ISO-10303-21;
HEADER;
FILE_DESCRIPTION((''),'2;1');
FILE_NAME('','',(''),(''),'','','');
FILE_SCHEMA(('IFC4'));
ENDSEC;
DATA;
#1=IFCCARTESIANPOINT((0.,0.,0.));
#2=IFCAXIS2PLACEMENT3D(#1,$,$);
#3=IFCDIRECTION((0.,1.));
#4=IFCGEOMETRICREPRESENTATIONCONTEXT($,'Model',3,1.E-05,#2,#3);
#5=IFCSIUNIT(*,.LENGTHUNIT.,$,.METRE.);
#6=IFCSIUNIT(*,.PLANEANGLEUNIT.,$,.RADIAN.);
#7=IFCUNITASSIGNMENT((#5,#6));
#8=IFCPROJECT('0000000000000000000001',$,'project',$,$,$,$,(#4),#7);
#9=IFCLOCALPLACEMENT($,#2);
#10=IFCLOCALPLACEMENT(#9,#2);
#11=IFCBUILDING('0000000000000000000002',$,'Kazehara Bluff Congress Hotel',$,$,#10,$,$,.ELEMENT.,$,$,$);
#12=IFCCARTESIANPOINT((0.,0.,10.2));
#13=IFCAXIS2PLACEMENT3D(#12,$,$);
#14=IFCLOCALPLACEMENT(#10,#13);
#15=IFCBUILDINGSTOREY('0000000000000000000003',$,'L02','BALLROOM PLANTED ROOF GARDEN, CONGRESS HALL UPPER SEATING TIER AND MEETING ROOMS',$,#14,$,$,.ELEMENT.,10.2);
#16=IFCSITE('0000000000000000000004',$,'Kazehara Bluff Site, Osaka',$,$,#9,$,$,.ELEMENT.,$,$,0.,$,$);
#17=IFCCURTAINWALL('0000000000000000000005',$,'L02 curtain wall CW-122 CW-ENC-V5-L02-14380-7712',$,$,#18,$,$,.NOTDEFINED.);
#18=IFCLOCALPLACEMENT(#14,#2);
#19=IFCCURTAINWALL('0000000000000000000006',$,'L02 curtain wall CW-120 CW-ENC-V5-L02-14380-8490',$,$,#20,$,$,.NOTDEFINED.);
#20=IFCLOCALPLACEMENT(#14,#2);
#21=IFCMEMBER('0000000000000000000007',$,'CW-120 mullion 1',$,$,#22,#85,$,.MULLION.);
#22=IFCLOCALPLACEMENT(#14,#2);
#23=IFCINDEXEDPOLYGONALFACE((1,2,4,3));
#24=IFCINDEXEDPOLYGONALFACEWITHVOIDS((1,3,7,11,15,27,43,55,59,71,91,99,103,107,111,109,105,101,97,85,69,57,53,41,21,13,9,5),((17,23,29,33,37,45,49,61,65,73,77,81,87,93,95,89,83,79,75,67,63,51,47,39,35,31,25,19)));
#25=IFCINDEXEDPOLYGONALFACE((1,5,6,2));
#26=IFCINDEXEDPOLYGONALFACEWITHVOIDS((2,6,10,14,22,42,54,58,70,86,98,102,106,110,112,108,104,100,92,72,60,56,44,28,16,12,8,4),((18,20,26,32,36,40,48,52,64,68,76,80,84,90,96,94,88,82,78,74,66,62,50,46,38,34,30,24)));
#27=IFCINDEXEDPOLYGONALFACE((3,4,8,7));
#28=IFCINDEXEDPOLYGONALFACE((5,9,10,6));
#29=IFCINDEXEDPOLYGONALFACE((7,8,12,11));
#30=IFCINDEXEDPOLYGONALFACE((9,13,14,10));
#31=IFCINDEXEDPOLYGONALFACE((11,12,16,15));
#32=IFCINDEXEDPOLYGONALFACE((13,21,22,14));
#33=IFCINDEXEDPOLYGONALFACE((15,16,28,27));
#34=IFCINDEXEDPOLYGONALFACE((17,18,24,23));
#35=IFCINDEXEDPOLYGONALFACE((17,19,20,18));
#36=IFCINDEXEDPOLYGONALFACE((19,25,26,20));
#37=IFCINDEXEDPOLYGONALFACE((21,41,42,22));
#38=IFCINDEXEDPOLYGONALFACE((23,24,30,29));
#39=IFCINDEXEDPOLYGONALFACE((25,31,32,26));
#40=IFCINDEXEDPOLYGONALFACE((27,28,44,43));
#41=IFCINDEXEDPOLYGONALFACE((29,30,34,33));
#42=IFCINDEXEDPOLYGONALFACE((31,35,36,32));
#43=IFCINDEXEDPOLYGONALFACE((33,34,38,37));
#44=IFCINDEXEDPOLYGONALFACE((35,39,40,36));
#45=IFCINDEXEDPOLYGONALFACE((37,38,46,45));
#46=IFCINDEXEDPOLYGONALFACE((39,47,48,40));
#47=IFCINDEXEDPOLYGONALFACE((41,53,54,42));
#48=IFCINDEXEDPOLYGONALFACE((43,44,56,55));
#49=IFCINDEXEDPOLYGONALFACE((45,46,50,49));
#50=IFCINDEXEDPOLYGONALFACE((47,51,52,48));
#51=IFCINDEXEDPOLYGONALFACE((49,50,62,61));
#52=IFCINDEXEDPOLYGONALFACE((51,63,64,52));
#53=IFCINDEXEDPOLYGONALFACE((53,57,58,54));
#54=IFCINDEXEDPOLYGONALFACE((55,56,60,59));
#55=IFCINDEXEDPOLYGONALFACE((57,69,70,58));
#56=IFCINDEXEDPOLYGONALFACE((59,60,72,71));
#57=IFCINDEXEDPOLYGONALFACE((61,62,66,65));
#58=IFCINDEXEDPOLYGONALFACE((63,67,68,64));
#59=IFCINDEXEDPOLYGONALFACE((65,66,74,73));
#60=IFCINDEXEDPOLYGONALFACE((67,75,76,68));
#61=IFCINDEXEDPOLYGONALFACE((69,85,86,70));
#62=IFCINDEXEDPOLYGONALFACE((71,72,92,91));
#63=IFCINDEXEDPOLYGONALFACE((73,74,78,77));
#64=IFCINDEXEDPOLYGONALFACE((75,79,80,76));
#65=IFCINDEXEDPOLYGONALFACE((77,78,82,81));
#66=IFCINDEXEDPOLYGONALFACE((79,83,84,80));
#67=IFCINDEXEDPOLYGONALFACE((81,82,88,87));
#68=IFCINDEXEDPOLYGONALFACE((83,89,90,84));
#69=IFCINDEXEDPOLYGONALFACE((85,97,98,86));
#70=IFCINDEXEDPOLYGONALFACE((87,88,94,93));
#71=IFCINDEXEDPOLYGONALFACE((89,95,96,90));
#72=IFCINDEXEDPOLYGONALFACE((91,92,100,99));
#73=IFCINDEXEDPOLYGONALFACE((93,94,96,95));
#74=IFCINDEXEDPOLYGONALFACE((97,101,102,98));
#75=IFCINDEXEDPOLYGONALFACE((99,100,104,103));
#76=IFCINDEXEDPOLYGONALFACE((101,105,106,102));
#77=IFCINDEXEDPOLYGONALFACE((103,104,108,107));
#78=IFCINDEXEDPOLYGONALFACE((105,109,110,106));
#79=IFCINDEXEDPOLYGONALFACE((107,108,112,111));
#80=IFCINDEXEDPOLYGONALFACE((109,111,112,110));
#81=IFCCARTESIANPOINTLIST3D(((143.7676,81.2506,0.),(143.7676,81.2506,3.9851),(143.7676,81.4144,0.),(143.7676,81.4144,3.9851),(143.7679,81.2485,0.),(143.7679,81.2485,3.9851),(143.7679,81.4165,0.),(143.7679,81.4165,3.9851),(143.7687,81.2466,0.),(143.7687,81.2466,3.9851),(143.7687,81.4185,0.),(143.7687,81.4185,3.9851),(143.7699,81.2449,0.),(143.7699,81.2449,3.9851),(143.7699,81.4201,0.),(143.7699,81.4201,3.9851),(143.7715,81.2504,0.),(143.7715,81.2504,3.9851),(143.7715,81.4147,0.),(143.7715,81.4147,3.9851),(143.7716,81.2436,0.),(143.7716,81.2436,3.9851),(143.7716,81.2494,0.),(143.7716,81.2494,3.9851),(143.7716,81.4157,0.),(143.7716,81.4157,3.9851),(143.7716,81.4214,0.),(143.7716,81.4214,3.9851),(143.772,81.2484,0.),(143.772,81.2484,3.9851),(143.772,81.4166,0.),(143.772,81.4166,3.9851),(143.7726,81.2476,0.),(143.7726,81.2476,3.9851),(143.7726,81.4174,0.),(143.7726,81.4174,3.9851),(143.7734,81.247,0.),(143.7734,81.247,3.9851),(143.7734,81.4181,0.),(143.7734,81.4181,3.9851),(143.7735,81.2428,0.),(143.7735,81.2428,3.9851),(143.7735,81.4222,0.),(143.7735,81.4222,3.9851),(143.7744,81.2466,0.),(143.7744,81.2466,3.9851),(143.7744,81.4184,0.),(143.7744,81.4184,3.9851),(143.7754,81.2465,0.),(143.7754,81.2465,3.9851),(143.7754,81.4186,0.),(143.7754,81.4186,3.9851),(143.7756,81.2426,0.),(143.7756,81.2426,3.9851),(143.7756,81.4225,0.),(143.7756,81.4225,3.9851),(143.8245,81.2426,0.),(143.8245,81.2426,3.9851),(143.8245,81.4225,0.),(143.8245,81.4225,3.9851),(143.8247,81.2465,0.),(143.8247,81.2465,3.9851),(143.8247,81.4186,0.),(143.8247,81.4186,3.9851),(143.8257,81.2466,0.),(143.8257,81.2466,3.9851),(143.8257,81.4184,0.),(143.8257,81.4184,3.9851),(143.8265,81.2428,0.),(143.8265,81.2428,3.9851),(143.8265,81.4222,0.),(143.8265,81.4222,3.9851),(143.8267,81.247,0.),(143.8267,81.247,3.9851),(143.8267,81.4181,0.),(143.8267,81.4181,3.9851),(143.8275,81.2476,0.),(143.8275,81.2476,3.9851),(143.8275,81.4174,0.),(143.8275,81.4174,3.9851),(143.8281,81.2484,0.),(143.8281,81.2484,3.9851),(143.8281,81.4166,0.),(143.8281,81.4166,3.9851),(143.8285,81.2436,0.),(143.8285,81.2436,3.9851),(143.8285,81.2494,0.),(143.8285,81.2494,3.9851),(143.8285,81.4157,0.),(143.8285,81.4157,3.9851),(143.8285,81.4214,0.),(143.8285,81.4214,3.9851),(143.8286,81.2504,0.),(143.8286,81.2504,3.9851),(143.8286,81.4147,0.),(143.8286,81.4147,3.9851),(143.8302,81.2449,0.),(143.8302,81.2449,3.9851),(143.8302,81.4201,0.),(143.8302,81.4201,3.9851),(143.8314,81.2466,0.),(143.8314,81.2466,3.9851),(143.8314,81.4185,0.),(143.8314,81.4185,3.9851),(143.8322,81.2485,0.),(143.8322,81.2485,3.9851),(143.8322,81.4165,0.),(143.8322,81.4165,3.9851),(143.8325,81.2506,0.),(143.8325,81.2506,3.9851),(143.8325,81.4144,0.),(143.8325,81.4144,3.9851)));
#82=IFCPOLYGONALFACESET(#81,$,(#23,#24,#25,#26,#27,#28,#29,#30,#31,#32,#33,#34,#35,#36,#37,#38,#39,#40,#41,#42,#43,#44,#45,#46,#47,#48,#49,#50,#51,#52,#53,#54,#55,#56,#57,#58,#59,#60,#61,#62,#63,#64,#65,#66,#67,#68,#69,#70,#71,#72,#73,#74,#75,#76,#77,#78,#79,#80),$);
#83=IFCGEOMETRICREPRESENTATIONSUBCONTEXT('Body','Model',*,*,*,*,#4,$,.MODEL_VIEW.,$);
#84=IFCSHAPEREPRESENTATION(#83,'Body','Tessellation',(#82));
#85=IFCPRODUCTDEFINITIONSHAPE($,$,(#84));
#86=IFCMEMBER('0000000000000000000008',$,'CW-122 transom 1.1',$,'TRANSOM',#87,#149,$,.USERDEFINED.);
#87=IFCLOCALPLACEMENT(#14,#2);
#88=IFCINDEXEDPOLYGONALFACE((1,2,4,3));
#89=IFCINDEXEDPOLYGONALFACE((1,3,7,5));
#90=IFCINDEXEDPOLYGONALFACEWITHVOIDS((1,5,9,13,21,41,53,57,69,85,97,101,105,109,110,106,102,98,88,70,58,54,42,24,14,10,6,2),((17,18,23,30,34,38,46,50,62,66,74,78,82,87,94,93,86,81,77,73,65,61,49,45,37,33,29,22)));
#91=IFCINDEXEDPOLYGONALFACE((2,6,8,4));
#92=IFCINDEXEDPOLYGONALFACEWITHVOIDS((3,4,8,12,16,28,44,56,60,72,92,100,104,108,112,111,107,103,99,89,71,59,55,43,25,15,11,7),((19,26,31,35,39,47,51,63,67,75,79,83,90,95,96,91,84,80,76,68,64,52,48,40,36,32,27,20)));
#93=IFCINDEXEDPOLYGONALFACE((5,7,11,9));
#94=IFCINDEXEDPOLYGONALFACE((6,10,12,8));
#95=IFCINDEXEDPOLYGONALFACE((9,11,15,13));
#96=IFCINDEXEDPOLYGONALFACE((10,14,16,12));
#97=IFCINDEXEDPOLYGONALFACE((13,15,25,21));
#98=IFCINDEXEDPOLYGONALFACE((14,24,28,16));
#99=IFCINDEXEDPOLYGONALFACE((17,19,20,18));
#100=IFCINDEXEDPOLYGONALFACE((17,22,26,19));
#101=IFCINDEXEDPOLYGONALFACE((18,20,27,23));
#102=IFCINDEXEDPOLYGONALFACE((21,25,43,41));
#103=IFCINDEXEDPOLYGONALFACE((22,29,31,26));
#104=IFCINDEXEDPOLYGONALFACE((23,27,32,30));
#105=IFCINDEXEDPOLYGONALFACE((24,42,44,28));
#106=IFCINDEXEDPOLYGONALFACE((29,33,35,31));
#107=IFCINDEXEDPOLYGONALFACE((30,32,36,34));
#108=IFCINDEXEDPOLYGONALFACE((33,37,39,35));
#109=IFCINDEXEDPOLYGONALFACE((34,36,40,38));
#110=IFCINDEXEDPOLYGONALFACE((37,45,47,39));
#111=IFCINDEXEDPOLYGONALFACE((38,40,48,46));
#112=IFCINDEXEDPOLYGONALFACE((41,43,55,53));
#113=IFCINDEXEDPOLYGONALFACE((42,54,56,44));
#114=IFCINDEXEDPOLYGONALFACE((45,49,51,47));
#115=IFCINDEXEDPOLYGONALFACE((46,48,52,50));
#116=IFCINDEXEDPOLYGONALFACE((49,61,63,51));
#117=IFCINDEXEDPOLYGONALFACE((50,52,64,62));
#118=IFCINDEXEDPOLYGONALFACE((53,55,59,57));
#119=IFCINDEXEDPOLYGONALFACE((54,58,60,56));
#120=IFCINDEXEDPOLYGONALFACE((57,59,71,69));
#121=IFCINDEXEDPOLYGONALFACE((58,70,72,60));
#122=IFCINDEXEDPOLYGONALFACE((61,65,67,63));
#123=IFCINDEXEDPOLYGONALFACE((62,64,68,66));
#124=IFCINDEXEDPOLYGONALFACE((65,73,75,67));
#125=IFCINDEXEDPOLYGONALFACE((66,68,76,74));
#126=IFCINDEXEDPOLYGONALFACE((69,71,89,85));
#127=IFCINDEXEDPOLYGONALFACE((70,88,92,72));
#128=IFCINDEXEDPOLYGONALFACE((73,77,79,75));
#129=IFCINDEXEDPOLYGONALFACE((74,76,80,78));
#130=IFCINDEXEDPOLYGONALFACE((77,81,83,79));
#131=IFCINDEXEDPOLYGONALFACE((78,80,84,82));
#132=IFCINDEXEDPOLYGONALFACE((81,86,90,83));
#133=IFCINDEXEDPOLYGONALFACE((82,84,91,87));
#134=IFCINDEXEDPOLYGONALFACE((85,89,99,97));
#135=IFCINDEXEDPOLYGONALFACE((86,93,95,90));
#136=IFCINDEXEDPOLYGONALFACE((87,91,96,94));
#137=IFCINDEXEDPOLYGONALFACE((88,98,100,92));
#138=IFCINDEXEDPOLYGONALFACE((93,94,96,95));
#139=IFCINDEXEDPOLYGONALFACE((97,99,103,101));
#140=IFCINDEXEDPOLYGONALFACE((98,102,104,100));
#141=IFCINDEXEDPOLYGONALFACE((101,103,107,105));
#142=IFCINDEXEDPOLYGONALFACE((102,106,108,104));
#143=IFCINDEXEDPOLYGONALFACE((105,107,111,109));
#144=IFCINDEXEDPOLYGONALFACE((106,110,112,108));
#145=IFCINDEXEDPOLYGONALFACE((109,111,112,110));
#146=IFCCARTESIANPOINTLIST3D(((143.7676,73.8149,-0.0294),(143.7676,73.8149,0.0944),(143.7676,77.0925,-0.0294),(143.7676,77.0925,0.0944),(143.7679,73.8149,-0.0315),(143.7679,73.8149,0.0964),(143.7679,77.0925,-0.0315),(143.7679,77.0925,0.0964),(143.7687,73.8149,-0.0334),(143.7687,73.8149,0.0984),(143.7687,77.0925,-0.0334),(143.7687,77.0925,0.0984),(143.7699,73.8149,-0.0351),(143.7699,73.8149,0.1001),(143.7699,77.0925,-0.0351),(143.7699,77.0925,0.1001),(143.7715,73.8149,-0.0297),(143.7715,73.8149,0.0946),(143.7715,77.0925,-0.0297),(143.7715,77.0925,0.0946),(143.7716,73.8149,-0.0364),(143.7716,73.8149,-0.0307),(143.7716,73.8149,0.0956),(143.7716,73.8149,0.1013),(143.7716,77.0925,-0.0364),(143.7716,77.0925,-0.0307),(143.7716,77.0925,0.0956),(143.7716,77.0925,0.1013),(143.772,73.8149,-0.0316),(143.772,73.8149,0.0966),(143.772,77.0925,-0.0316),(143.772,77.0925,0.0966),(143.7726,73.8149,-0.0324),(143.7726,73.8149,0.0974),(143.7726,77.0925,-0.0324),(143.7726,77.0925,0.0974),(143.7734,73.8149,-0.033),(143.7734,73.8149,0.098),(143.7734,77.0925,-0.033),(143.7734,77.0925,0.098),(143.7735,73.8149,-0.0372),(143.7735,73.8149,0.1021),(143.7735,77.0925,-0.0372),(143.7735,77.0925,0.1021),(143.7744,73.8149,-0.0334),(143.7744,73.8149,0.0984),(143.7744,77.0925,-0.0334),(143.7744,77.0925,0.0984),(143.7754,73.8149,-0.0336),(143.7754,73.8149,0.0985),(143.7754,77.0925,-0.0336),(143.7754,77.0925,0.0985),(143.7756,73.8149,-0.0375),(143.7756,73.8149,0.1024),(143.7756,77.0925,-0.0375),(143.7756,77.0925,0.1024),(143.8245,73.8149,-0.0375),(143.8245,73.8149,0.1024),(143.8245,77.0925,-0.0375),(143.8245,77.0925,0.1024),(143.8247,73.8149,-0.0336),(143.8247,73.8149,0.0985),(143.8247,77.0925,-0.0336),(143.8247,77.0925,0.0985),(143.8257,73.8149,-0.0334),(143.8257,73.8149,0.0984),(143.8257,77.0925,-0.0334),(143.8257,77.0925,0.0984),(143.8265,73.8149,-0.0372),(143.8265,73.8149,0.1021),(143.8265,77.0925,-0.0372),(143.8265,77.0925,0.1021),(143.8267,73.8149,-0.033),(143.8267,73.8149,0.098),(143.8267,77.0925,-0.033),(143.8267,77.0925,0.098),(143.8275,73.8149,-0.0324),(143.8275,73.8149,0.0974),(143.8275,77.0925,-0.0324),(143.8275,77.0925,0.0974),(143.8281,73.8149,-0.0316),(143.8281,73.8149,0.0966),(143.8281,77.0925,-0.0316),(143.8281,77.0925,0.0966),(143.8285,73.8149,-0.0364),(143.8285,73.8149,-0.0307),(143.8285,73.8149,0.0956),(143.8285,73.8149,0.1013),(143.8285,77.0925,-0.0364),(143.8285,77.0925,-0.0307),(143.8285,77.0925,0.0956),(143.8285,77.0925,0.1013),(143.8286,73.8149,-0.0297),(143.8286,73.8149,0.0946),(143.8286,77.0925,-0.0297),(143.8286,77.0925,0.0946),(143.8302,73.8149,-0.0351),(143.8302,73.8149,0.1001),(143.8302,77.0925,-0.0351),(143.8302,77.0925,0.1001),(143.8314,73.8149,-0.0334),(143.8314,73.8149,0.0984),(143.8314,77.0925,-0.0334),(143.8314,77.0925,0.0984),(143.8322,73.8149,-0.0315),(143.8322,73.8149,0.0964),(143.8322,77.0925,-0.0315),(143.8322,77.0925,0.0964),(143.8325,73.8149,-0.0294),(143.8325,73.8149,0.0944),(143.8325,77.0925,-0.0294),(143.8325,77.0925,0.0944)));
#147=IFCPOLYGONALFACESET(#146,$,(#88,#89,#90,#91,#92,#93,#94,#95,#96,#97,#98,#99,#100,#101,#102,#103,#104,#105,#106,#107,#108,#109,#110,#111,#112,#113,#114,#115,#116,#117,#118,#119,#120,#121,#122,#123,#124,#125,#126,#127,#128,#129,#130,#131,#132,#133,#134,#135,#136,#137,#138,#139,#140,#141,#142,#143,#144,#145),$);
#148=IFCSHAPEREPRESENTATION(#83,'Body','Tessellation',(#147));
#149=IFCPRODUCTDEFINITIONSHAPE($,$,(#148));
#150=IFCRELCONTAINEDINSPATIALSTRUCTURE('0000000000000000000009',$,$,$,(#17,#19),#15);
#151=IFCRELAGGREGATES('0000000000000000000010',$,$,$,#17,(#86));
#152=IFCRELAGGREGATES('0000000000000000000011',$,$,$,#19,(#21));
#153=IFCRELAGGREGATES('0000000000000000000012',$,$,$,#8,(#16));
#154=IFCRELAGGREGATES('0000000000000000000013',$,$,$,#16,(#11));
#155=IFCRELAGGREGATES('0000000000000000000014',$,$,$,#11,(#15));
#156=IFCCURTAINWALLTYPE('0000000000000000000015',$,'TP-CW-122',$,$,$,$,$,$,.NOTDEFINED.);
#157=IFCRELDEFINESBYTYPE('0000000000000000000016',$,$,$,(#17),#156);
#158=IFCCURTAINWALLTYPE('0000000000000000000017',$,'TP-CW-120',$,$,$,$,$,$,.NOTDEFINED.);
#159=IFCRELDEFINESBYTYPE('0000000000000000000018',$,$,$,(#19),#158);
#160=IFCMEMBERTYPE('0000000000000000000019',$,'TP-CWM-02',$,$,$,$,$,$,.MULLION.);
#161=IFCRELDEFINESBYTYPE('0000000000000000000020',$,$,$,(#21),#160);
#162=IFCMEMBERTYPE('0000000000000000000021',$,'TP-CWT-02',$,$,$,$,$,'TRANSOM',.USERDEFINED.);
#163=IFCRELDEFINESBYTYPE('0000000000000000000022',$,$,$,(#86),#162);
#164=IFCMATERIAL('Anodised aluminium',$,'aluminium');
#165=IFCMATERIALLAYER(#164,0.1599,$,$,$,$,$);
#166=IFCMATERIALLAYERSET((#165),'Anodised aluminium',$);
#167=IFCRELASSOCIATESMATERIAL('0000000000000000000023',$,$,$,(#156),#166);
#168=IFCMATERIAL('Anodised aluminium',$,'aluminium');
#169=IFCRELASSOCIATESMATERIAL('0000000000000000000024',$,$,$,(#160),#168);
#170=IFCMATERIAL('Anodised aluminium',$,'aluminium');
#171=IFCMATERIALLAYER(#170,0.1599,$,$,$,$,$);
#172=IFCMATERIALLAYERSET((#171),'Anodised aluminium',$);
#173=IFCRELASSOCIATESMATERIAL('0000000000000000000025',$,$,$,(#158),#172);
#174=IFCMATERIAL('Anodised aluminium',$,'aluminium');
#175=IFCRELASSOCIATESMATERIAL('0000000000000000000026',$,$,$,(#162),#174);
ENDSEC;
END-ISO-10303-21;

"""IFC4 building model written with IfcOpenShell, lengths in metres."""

from ifc_helpers import new_model, si_unit, direction, frame, origin, origin_2d, place, context, subcontext, project, spatial, hollow_rectangle, extrude, material, layer, layer_set, material_profile, profile_set, type_object, element, aggregate, save


model = new_model("IFC4")

# Units and contexts
model_context = context("Model", 3, precision=1e-05, world=origin(), true_north=direction((0.0, 1.0)))
body_context = subcontext(model_context, "Body", "Model", "MODEL_VIEW")
ifc_project = project(units=[si_unit("LENGTHUNIT", "METRE"), si_unit("PLANEANGLEUNIT", "RADIAN")], contexts=[model_context])

# Site, building, storey
site_placement = place(None, origin())
site = spatial("IfcSite", under=ifc_project, at=site_placement, Name="Kazehara Bluff Site, Osaka", CompositionType="ELEMENT", RefElevation=0.0)
building_placement = place(site_placement, origin())
building = spatial("IfcBuilding", under=site, at=building_placement, Name="Kazehara Bluff Congress Hotel", CompositionType="ELEMENT")
storey_placement = place(building_placement, frame((0.0, 0.0, 10.2)))
storey = spatial("IfcBuildingStorey", under=building, at=storey_placement, Name="L02", Description="BALLROOM PLANTED ROOF GARDEN, CONGRESS HALL UPPER SEATING TIER AND MEETING ROOMS", CompositionType="ELEMENT", Elevation=10.2)

# Curtain wall
ifc_material_1 = material(Name="Anodised aluminium", Category="aluminium")
ifc_layer_1 = layer(ifc_material_1, 0.1599)
ifc_layer_set_1 = layer_set([ifc_layer_1], Name="Anodised aluminium")
curtain_wall_type_1 = type_object("IfcCurtainWallType", Name="TP-CW-122", PredefinedType="NOTDEFINED", material=ifc_layer_set_1)
curtain_wall_1_placement = place(storey_placement, origin())
curtain_wall_1 = element("IfcCurtainWall", 1, at=curtain_wall_1_placement, inside=storey, type_object=curtain_wall_type_1, Name="L02 curtain wall CW-122 CW-ENC-V5-L02-14380-7712", PredefinedType="NOTDEFINED")
ifc_material_2 = material(Name="Anodised aluminium", Category="aluminium")
ifc_material_profile_1 = material_profile(ifc_material_2, hollow_rectangle(XDim=0.0649, YDim=0.1799, WallThickness=0.0039, InnerFilletRadius=0.0039, OuterFilletRadius=0.0081, at=origin_2d()))
ifc_profile_set_1 = profile_set([ifc_material_profile_1], Name="Anodised aluminium")
member_type_1 = type_object("IfcMemberType", Name="TP-CWM-02", PredefinedType="MULLION", material=ifc_profile_set_1)

# Curtain wall, member
ifc_material_3 = material(Name="Anodised aluminium", Category="aluminium")
ifc_layer_2 = layer(ifc_material_3, 0.1599)
ifc_layer_set_2 = layer_set([ifc_layer_2], Name="Anodised aluminium")
curtain_wall_type_2 = type_object("IfcCurtainWallType", Name="TP-CW-120", PredefinedType="NOTDEFINED", material=ifc_layer_set_2)
curtain_wall_2_placement = place(storey_placement, origin())
curtain_wall_2 = element("IfcCurtainWall", 2, at=curtain_wall_2_placement, inside=storey, type_object=curtain_wall_type_2, Name="L02 curtain wall CW-120 CW-ENC-V5-L02-14380-8490", PredefinedType="NOTDEFINED")
member_1_placement = place(storey_placement, frame((143.8, 81.3325, 0.0), z_axis=(0.0, 0.0, 1.0), x_axis=(-1.0, 0.0, 0.0)))
member_1 = element("IfcMember", 3, at=member_1_placement, type_object=member_type_1, Name="CW-120 mullion 1", PredefinedType="MULLION", context=body_context, shape_type="SweptSolid", body=[
    extrude(hollow_rectangle(XDim=0.0649, YDim=0.1799, WallThickness=0.0039, InnerFilletRadius=0.0039, OuterFilletRadius=0.0081, at=origin_2d()), origin(), (0.0, 0.0, 1.0), 3.9851),
])

# Member
ifc_material_4 = material(Name="Anodised aluminium", Category="aluminium")
ifc_material_profile_2 = material_profile(ifc_material_4, hollow_rectangle(XDim=0.0649, YDim=0.1399, WallThickness=0.0039, InnerFilletRadius=0.0039, OuterFilletRadius=0.0081, at=origin_2d()))
ifc_profile_set_2 = profile_set([ifc_material_profile_2], Name="Anodised aluminium")
member_type_2 = type_object("IfcMemberType", Name="TP-CWT-02", ElementType="TRANSOM", PredefinedType="USERDEFINED", material=ifc_profile_set_2)
member_2_placement = place(storey_placement, frame((143.8, 73.8149, 0.0325), z_axis=(0.0, 1.0, 0.0), x_axis=(-1.0, 0.0, 0.0)))
member_2 = element("IfcMember", 4, at=member_2_placement, type_object=member_type_2, Name="CW-122 transom 1.1", ObjectType="TRANSOM", PredefinedType="USERDEFINED", context=body_context, shape_type="SweptSolid", body=[
    extrude(hollow_rectangle(XDim=0.0649, YDim=0.1399, WallThickness=0.0039, InnerFilletRadius=0.0039, OuterFilletRadius=0.0081, at=origin_2d()), origin(), (0.0, 0.0, 1.0), 3.2776),
])

aggregate(curtain_wall_1, [member_2])
aggregate(curtain_wall_2, [member_1])

save(model, "model.ifc")
